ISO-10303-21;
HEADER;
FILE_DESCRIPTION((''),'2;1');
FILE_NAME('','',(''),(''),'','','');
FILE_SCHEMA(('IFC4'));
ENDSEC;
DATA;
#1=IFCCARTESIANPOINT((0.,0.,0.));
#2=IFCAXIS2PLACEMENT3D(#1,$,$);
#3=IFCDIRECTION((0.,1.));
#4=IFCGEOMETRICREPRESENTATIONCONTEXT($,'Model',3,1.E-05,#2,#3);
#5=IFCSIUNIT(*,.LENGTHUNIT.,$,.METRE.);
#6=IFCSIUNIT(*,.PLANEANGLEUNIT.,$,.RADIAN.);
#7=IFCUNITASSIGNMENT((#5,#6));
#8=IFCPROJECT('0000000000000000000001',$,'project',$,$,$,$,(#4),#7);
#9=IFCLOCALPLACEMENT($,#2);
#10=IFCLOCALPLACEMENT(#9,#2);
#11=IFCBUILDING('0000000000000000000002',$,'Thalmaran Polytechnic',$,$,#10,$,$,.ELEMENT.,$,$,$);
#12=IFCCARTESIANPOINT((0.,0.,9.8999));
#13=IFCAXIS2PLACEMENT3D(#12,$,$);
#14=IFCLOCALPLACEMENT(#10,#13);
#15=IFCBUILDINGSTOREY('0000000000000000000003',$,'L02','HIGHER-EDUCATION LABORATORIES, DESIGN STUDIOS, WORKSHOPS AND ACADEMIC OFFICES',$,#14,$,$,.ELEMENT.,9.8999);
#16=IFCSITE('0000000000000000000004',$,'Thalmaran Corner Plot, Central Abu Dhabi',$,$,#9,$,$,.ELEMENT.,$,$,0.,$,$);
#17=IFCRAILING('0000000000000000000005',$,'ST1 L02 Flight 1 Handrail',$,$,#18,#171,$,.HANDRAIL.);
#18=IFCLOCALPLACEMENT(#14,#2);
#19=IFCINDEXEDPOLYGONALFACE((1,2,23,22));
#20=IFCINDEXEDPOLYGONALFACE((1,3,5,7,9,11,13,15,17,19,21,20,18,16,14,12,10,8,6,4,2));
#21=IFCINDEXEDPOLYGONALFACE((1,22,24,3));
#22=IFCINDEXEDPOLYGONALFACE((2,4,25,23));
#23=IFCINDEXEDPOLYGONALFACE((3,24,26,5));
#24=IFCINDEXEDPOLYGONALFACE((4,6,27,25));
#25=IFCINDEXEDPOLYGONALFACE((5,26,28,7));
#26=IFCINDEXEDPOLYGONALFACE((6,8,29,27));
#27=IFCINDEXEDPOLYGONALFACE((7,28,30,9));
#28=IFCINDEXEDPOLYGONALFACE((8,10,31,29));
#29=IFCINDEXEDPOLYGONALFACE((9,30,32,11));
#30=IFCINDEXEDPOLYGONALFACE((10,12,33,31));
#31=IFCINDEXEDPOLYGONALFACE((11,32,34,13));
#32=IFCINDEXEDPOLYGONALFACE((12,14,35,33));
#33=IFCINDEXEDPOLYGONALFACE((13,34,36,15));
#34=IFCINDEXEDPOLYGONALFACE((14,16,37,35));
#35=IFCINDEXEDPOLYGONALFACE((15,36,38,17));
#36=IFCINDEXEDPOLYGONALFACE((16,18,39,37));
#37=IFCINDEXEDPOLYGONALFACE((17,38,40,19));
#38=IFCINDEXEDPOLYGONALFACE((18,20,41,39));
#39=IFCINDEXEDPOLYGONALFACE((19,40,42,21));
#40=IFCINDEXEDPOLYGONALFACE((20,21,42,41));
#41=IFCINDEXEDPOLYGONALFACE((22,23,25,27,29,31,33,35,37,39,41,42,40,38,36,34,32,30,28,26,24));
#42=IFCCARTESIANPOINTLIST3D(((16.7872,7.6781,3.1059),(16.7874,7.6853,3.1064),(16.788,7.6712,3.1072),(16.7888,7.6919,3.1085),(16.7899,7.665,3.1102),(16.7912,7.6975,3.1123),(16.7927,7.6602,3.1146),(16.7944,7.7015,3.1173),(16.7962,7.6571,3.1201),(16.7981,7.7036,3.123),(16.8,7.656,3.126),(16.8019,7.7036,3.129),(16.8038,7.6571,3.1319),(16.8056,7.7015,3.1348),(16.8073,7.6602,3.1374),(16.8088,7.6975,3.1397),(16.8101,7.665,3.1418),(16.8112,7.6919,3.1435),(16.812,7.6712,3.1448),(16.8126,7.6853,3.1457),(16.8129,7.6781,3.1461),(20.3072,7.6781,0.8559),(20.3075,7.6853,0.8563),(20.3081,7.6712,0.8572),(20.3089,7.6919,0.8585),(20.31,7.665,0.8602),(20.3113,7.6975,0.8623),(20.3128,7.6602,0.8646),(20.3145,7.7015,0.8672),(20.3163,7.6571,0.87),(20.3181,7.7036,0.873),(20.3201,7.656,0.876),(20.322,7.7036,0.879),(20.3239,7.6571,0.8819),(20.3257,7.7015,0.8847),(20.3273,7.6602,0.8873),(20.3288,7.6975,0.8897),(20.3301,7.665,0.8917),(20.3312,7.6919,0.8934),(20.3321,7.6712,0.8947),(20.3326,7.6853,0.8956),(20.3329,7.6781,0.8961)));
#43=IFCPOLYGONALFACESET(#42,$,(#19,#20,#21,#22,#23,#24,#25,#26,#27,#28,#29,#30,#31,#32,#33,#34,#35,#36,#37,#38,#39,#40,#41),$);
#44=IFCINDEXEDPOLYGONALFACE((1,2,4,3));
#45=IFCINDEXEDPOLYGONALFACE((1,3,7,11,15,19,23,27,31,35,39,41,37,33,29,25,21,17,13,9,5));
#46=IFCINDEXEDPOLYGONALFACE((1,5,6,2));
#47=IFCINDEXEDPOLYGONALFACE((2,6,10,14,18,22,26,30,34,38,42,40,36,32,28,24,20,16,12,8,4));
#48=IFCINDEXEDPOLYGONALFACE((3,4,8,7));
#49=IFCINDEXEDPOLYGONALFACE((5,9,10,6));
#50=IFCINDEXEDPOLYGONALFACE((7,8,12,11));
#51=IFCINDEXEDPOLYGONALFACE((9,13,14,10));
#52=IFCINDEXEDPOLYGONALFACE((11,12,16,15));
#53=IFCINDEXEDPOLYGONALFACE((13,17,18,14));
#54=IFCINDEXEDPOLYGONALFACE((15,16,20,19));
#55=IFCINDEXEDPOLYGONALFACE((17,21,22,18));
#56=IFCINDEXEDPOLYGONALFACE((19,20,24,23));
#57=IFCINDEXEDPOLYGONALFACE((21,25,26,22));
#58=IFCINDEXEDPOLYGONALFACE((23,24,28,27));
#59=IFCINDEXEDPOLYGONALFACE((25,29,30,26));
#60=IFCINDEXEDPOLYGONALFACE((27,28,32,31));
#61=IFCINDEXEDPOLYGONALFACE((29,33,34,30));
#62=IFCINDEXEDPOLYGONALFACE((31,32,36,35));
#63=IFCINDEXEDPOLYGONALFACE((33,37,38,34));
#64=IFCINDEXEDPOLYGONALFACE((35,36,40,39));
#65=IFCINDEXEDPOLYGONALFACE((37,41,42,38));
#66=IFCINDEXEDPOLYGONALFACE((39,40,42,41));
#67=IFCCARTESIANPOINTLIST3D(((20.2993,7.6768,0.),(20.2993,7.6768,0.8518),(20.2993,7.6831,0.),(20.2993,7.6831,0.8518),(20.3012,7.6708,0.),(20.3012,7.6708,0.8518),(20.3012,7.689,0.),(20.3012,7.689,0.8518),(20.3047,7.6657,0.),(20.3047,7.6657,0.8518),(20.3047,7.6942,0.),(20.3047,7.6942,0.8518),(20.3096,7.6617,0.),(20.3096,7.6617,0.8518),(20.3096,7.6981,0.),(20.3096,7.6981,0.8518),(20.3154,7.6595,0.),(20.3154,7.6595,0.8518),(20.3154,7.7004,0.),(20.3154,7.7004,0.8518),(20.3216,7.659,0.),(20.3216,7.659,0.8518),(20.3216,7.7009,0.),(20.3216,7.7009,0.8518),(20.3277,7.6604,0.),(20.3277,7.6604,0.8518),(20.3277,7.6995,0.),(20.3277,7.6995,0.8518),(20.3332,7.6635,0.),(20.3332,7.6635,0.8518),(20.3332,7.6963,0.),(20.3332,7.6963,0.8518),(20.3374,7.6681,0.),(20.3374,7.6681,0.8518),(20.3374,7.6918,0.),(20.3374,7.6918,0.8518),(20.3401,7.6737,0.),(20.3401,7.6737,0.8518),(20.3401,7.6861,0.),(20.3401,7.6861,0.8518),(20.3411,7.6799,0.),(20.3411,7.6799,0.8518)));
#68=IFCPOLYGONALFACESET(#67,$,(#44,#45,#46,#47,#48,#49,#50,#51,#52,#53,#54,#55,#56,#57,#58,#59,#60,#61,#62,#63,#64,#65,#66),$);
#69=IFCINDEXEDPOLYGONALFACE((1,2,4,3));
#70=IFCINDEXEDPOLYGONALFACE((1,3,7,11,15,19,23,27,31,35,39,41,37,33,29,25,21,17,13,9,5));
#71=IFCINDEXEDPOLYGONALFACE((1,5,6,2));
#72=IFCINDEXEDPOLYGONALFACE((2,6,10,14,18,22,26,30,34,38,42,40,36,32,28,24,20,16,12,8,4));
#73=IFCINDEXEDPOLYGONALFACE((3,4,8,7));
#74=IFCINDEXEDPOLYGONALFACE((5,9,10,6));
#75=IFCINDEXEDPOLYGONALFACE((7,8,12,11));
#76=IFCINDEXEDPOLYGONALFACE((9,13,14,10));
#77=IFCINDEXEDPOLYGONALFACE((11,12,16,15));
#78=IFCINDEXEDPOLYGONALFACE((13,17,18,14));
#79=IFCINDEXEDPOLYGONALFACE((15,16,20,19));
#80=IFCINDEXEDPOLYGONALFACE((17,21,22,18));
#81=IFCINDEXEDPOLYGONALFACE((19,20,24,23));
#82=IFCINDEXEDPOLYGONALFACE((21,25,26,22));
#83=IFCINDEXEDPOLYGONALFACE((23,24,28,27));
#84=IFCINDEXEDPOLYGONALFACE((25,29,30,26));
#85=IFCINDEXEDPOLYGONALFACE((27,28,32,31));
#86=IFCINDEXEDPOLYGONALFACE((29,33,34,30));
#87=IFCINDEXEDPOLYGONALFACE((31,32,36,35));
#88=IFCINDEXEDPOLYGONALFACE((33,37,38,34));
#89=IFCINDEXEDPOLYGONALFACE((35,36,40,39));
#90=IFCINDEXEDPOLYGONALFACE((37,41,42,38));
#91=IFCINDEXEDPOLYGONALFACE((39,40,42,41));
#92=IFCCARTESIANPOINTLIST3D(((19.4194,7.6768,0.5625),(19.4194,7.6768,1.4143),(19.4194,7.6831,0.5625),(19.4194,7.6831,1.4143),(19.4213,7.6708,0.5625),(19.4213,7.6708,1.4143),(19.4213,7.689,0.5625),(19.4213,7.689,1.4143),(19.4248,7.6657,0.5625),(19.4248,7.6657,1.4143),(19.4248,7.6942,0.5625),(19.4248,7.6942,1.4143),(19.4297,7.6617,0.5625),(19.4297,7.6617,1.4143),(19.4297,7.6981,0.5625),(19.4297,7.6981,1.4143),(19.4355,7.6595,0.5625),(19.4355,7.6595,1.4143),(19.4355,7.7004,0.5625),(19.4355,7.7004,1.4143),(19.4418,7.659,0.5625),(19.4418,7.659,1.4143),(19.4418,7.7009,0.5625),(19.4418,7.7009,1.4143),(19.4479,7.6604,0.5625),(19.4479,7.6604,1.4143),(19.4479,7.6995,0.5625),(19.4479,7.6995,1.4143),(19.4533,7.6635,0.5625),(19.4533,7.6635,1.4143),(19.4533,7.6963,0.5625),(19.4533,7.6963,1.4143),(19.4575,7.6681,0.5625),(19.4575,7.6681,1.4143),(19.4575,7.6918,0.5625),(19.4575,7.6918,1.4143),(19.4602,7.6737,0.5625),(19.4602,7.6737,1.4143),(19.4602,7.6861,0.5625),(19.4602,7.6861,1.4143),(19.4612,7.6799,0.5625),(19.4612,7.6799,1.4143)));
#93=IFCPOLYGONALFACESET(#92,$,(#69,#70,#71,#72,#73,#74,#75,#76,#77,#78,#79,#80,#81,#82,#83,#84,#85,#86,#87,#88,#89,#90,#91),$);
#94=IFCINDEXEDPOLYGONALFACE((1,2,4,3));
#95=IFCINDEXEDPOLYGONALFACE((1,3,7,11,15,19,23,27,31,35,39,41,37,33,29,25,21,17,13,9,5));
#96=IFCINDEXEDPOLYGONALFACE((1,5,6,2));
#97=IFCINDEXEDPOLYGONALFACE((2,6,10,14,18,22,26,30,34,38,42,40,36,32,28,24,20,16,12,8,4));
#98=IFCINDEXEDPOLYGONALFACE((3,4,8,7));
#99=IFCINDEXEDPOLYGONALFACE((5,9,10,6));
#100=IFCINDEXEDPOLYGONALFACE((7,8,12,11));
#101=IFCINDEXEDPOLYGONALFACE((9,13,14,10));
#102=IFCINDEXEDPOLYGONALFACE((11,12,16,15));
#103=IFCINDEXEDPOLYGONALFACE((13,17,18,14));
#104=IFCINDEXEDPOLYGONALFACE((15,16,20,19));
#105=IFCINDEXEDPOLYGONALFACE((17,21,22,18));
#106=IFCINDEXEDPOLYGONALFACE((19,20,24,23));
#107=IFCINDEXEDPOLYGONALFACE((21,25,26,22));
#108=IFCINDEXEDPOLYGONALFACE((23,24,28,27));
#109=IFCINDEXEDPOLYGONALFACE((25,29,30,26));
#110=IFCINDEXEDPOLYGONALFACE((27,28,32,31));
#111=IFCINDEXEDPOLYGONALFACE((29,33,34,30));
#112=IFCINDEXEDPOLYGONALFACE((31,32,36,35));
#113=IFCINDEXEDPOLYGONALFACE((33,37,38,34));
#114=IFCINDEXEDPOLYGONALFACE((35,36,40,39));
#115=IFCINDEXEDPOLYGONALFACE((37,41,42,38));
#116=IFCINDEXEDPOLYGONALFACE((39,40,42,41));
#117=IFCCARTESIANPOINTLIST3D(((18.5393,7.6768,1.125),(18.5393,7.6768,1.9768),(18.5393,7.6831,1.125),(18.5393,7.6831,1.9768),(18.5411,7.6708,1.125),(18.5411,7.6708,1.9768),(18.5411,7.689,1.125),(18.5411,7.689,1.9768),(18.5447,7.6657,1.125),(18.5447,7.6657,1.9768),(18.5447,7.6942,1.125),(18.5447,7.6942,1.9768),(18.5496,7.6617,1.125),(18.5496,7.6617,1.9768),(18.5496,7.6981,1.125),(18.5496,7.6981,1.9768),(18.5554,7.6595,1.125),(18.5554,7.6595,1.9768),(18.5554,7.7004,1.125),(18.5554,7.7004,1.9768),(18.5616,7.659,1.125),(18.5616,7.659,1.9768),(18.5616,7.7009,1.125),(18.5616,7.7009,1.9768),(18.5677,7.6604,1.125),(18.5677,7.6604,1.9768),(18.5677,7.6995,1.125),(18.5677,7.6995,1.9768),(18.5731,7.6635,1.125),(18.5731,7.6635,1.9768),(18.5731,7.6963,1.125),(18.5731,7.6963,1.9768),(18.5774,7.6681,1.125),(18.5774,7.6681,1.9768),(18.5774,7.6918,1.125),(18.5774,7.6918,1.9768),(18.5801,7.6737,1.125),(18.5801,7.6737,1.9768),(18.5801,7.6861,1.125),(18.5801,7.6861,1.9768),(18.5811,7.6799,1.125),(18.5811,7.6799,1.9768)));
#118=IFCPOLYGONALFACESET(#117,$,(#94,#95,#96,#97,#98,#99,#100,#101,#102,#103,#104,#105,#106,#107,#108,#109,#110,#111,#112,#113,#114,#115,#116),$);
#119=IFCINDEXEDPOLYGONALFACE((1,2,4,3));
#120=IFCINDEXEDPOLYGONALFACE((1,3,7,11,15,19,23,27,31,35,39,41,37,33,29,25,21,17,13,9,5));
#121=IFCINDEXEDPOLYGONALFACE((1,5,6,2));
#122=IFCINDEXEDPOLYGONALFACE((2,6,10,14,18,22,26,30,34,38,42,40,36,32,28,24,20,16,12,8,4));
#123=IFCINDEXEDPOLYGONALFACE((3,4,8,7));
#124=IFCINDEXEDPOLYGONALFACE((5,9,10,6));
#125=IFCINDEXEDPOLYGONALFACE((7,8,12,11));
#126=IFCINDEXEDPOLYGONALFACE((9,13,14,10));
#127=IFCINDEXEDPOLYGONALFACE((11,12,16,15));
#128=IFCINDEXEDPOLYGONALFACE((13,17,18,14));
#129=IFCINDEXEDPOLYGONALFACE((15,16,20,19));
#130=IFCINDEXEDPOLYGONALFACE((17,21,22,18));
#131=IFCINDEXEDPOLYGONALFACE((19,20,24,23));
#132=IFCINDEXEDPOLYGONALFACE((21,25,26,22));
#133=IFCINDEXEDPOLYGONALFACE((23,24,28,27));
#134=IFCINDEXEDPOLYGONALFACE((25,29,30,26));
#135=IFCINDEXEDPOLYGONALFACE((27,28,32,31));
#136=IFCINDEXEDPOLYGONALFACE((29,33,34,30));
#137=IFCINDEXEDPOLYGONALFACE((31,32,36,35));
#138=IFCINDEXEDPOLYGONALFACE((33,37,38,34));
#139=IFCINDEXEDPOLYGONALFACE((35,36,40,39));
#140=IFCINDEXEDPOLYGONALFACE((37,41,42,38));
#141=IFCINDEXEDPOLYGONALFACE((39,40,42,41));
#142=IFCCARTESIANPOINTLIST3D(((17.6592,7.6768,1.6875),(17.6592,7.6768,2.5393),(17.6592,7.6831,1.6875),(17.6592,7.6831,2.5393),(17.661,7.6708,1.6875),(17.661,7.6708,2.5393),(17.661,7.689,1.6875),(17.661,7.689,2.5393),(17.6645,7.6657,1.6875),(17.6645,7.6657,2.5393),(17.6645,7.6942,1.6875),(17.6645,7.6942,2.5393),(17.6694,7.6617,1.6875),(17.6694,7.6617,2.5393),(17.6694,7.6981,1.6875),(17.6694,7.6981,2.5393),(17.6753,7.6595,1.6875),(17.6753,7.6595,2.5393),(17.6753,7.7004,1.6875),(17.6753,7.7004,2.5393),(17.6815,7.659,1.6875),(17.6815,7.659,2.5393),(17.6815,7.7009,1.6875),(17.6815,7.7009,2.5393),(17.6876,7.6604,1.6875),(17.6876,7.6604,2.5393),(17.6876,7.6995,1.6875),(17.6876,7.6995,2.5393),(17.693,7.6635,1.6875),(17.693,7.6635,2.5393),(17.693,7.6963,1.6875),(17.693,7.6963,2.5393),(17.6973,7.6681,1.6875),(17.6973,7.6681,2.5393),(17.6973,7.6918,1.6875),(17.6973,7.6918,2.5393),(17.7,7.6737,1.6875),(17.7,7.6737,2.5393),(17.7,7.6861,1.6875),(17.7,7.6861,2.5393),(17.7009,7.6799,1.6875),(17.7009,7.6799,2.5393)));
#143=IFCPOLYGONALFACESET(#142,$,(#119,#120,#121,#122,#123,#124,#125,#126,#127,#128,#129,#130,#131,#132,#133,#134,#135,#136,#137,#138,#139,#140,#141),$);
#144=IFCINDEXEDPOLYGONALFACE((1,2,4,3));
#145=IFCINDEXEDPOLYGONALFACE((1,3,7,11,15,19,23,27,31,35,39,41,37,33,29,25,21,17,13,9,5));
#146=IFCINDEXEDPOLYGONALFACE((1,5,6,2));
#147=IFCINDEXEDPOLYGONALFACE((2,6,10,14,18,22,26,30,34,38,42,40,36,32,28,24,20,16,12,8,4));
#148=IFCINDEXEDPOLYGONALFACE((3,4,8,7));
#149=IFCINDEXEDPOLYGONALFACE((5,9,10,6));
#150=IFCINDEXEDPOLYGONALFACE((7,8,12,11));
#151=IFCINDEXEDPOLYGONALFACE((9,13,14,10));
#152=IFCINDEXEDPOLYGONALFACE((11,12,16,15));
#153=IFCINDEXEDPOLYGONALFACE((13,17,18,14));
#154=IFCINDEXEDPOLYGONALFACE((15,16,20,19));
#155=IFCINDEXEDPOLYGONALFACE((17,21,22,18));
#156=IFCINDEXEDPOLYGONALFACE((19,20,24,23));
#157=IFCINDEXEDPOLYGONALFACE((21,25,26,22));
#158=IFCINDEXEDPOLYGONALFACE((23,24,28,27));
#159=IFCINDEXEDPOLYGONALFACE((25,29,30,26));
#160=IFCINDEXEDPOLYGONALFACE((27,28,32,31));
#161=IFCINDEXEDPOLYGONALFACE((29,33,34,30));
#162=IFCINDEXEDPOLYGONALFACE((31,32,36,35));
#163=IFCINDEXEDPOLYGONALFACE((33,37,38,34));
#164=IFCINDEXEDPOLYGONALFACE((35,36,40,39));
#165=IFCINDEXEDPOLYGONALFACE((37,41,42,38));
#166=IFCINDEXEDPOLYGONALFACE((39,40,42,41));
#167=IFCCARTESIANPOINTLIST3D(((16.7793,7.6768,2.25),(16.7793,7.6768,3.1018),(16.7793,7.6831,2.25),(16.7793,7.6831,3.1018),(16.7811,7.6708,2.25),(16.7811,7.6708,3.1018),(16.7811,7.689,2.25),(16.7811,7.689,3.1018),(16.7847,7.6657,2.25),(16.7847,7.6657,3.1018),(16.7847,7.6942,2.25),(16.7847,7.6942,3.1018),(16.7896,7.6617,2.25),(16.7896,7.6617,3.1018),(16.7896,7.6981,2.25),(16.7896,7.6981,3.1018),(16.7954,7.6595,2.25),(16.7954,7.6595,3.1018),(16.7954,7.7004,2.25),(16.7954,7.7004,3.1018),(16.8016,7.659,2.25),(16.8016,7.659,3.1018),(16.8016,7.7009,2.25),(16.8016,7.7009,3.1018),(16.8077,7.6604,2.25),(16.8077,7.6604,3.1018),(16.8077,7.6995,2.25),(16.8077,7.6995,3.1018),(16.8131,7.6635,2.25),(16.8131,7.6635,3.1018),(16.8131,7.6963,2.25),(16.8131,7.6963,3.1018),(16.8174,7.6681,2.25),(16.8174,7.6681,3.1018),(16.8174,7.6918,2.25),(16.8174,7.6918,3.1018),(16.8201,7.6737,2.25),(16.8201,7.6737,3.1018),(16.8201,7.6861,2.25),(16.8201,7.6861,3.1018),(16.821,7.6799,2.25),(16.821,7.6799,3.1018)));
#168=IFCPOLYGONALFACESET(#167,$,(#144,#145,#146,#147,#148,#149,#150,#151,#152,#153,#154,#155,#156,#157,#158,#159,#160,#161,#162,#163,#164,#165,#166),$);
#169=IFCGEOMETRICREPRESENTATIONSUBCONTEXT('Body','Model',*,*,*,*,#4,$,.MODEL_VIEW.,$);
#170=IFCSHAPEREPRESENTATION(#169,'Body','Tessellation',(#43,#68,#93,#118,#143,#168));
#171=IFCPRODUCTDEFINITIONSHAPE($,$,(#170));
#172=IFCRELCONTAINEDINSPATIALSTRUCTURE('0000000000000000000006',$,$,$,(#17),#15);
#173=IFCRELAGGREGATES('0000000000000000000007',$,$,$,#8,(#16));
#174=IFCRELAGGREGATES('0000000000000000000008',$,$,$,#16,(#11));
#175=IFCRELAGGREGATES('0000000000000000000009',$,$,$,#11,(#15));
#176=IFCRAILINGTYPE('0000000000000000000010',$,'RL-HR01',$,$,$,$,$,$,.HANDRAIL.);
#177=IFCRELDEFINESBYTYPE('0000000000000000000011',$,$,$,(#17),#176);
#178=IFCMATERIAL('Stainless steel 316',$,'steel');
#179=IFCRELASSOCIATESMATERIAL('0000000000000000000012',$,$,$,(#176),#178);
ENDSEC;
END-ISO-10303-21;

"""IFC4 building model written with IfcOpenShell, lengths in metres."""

from ifc_helpers import new_model, si_unit, direction, frame, origin, origin_2d, place, context, subcontext, project, spatial, circle, extrude, material, type_object, element, save


model = new_model("IFC4")

# Units and contexts
model_context = context("Model", 3, precision=1e-05, world=origin(), true_north=direction((0.0, 1.0)))
body_context = subcontext(model_context, "Body", "Model", "MODEL_VIEW")
ifc_project = project(units=[si_unit("LENGTHUNIT", "METRE"), si_unit("PLANEANGLEUNIT", "RADIAN")], contexts=[model_context])

# Site, building, storey
site_placement = place(None, origin())
site = spatial("IfcSite", under=ifc_project, at=site_placement, Name="Thalmaran Corner Plot, Central Abu Dhabi", CompositionType="ELEMENT", RefElevation=0.0)
building_placement = place(site_placement, origin())
building = spatial("IfcBuilding", under=site, at=building_placement, Name="Thalmaran Polytechnic", CompositionType="ELEMENT")
storey_placement = place(building_placement, frame((0.0, 0.0, 9.8999)))
storey = spatial("IfcBuildingStorey", under=building, at=storey_placement, Name="L02", Description="HIGHER-EDUCATION LABORATORIES, DESIGN STUDIOS, WORKSHOPS AND ACADEMIC OFFICES", CompositionType="ELEMENT", Elevation=9.8999)

# Railing
ifc_material_1 = material(Name="Stainless steel 316", Category="steel")
railing_type_1 = type_object("IfcRailingType", Name="RL-HR01", PredefinedType="HANDRAIL", material=ifc_material_1)
railing_1_placement = place(storey_placement, frame((20.3201, 7.6799, 0.0)))
element("IfcRailing", 1, at=railing_1_placement, inside=storey, type_object=railing_type_1, Name="ST1 L02 Flight 1 Handrail", PredefinedType="HANDRAIL", context=body_context, shape_type="SweptSolid", body=[
    extrude(circle(Radius=0.0239, at=origin_2d()), frame((0.0, 0.0, 0.876), z_axis=(-0.842577, 0.0, 0.538576), x_axis=(0.0, -1.0, 0.0)), (0.0, 0.0, 1.0), 4.1777),
    extrude(circle(Radius=0.021, at=origin_2d()), origin(), (0.0, 0.0, 1.0), 0.8518),
    extrude(circle(Radius=0.021, at=origin_2d()), frame((-0.8799, 0.0, 0.5625)), (0.0, 0.0, 1.0), 0.8518),
    extrude(circle(Radius=0.021, at=origin_2d()), frame((-1.76, 0.0, 1.125)), (0.0, 0.0, 1.0), 0.8518),
    extrude(circle(Radius=0.021, at=origin_2d()), frame((-2.6401, 0.0, 1.6875)), (0.0, 0.0, 1.0), 0.8518),
    extrude(circle(Radius=0.021, at=origin_2d()), frame((-3.52, 0.0, 2.25)), (0.0, 0.0, 1.0), 0.8518),
])

save(model, "model.ifc")
